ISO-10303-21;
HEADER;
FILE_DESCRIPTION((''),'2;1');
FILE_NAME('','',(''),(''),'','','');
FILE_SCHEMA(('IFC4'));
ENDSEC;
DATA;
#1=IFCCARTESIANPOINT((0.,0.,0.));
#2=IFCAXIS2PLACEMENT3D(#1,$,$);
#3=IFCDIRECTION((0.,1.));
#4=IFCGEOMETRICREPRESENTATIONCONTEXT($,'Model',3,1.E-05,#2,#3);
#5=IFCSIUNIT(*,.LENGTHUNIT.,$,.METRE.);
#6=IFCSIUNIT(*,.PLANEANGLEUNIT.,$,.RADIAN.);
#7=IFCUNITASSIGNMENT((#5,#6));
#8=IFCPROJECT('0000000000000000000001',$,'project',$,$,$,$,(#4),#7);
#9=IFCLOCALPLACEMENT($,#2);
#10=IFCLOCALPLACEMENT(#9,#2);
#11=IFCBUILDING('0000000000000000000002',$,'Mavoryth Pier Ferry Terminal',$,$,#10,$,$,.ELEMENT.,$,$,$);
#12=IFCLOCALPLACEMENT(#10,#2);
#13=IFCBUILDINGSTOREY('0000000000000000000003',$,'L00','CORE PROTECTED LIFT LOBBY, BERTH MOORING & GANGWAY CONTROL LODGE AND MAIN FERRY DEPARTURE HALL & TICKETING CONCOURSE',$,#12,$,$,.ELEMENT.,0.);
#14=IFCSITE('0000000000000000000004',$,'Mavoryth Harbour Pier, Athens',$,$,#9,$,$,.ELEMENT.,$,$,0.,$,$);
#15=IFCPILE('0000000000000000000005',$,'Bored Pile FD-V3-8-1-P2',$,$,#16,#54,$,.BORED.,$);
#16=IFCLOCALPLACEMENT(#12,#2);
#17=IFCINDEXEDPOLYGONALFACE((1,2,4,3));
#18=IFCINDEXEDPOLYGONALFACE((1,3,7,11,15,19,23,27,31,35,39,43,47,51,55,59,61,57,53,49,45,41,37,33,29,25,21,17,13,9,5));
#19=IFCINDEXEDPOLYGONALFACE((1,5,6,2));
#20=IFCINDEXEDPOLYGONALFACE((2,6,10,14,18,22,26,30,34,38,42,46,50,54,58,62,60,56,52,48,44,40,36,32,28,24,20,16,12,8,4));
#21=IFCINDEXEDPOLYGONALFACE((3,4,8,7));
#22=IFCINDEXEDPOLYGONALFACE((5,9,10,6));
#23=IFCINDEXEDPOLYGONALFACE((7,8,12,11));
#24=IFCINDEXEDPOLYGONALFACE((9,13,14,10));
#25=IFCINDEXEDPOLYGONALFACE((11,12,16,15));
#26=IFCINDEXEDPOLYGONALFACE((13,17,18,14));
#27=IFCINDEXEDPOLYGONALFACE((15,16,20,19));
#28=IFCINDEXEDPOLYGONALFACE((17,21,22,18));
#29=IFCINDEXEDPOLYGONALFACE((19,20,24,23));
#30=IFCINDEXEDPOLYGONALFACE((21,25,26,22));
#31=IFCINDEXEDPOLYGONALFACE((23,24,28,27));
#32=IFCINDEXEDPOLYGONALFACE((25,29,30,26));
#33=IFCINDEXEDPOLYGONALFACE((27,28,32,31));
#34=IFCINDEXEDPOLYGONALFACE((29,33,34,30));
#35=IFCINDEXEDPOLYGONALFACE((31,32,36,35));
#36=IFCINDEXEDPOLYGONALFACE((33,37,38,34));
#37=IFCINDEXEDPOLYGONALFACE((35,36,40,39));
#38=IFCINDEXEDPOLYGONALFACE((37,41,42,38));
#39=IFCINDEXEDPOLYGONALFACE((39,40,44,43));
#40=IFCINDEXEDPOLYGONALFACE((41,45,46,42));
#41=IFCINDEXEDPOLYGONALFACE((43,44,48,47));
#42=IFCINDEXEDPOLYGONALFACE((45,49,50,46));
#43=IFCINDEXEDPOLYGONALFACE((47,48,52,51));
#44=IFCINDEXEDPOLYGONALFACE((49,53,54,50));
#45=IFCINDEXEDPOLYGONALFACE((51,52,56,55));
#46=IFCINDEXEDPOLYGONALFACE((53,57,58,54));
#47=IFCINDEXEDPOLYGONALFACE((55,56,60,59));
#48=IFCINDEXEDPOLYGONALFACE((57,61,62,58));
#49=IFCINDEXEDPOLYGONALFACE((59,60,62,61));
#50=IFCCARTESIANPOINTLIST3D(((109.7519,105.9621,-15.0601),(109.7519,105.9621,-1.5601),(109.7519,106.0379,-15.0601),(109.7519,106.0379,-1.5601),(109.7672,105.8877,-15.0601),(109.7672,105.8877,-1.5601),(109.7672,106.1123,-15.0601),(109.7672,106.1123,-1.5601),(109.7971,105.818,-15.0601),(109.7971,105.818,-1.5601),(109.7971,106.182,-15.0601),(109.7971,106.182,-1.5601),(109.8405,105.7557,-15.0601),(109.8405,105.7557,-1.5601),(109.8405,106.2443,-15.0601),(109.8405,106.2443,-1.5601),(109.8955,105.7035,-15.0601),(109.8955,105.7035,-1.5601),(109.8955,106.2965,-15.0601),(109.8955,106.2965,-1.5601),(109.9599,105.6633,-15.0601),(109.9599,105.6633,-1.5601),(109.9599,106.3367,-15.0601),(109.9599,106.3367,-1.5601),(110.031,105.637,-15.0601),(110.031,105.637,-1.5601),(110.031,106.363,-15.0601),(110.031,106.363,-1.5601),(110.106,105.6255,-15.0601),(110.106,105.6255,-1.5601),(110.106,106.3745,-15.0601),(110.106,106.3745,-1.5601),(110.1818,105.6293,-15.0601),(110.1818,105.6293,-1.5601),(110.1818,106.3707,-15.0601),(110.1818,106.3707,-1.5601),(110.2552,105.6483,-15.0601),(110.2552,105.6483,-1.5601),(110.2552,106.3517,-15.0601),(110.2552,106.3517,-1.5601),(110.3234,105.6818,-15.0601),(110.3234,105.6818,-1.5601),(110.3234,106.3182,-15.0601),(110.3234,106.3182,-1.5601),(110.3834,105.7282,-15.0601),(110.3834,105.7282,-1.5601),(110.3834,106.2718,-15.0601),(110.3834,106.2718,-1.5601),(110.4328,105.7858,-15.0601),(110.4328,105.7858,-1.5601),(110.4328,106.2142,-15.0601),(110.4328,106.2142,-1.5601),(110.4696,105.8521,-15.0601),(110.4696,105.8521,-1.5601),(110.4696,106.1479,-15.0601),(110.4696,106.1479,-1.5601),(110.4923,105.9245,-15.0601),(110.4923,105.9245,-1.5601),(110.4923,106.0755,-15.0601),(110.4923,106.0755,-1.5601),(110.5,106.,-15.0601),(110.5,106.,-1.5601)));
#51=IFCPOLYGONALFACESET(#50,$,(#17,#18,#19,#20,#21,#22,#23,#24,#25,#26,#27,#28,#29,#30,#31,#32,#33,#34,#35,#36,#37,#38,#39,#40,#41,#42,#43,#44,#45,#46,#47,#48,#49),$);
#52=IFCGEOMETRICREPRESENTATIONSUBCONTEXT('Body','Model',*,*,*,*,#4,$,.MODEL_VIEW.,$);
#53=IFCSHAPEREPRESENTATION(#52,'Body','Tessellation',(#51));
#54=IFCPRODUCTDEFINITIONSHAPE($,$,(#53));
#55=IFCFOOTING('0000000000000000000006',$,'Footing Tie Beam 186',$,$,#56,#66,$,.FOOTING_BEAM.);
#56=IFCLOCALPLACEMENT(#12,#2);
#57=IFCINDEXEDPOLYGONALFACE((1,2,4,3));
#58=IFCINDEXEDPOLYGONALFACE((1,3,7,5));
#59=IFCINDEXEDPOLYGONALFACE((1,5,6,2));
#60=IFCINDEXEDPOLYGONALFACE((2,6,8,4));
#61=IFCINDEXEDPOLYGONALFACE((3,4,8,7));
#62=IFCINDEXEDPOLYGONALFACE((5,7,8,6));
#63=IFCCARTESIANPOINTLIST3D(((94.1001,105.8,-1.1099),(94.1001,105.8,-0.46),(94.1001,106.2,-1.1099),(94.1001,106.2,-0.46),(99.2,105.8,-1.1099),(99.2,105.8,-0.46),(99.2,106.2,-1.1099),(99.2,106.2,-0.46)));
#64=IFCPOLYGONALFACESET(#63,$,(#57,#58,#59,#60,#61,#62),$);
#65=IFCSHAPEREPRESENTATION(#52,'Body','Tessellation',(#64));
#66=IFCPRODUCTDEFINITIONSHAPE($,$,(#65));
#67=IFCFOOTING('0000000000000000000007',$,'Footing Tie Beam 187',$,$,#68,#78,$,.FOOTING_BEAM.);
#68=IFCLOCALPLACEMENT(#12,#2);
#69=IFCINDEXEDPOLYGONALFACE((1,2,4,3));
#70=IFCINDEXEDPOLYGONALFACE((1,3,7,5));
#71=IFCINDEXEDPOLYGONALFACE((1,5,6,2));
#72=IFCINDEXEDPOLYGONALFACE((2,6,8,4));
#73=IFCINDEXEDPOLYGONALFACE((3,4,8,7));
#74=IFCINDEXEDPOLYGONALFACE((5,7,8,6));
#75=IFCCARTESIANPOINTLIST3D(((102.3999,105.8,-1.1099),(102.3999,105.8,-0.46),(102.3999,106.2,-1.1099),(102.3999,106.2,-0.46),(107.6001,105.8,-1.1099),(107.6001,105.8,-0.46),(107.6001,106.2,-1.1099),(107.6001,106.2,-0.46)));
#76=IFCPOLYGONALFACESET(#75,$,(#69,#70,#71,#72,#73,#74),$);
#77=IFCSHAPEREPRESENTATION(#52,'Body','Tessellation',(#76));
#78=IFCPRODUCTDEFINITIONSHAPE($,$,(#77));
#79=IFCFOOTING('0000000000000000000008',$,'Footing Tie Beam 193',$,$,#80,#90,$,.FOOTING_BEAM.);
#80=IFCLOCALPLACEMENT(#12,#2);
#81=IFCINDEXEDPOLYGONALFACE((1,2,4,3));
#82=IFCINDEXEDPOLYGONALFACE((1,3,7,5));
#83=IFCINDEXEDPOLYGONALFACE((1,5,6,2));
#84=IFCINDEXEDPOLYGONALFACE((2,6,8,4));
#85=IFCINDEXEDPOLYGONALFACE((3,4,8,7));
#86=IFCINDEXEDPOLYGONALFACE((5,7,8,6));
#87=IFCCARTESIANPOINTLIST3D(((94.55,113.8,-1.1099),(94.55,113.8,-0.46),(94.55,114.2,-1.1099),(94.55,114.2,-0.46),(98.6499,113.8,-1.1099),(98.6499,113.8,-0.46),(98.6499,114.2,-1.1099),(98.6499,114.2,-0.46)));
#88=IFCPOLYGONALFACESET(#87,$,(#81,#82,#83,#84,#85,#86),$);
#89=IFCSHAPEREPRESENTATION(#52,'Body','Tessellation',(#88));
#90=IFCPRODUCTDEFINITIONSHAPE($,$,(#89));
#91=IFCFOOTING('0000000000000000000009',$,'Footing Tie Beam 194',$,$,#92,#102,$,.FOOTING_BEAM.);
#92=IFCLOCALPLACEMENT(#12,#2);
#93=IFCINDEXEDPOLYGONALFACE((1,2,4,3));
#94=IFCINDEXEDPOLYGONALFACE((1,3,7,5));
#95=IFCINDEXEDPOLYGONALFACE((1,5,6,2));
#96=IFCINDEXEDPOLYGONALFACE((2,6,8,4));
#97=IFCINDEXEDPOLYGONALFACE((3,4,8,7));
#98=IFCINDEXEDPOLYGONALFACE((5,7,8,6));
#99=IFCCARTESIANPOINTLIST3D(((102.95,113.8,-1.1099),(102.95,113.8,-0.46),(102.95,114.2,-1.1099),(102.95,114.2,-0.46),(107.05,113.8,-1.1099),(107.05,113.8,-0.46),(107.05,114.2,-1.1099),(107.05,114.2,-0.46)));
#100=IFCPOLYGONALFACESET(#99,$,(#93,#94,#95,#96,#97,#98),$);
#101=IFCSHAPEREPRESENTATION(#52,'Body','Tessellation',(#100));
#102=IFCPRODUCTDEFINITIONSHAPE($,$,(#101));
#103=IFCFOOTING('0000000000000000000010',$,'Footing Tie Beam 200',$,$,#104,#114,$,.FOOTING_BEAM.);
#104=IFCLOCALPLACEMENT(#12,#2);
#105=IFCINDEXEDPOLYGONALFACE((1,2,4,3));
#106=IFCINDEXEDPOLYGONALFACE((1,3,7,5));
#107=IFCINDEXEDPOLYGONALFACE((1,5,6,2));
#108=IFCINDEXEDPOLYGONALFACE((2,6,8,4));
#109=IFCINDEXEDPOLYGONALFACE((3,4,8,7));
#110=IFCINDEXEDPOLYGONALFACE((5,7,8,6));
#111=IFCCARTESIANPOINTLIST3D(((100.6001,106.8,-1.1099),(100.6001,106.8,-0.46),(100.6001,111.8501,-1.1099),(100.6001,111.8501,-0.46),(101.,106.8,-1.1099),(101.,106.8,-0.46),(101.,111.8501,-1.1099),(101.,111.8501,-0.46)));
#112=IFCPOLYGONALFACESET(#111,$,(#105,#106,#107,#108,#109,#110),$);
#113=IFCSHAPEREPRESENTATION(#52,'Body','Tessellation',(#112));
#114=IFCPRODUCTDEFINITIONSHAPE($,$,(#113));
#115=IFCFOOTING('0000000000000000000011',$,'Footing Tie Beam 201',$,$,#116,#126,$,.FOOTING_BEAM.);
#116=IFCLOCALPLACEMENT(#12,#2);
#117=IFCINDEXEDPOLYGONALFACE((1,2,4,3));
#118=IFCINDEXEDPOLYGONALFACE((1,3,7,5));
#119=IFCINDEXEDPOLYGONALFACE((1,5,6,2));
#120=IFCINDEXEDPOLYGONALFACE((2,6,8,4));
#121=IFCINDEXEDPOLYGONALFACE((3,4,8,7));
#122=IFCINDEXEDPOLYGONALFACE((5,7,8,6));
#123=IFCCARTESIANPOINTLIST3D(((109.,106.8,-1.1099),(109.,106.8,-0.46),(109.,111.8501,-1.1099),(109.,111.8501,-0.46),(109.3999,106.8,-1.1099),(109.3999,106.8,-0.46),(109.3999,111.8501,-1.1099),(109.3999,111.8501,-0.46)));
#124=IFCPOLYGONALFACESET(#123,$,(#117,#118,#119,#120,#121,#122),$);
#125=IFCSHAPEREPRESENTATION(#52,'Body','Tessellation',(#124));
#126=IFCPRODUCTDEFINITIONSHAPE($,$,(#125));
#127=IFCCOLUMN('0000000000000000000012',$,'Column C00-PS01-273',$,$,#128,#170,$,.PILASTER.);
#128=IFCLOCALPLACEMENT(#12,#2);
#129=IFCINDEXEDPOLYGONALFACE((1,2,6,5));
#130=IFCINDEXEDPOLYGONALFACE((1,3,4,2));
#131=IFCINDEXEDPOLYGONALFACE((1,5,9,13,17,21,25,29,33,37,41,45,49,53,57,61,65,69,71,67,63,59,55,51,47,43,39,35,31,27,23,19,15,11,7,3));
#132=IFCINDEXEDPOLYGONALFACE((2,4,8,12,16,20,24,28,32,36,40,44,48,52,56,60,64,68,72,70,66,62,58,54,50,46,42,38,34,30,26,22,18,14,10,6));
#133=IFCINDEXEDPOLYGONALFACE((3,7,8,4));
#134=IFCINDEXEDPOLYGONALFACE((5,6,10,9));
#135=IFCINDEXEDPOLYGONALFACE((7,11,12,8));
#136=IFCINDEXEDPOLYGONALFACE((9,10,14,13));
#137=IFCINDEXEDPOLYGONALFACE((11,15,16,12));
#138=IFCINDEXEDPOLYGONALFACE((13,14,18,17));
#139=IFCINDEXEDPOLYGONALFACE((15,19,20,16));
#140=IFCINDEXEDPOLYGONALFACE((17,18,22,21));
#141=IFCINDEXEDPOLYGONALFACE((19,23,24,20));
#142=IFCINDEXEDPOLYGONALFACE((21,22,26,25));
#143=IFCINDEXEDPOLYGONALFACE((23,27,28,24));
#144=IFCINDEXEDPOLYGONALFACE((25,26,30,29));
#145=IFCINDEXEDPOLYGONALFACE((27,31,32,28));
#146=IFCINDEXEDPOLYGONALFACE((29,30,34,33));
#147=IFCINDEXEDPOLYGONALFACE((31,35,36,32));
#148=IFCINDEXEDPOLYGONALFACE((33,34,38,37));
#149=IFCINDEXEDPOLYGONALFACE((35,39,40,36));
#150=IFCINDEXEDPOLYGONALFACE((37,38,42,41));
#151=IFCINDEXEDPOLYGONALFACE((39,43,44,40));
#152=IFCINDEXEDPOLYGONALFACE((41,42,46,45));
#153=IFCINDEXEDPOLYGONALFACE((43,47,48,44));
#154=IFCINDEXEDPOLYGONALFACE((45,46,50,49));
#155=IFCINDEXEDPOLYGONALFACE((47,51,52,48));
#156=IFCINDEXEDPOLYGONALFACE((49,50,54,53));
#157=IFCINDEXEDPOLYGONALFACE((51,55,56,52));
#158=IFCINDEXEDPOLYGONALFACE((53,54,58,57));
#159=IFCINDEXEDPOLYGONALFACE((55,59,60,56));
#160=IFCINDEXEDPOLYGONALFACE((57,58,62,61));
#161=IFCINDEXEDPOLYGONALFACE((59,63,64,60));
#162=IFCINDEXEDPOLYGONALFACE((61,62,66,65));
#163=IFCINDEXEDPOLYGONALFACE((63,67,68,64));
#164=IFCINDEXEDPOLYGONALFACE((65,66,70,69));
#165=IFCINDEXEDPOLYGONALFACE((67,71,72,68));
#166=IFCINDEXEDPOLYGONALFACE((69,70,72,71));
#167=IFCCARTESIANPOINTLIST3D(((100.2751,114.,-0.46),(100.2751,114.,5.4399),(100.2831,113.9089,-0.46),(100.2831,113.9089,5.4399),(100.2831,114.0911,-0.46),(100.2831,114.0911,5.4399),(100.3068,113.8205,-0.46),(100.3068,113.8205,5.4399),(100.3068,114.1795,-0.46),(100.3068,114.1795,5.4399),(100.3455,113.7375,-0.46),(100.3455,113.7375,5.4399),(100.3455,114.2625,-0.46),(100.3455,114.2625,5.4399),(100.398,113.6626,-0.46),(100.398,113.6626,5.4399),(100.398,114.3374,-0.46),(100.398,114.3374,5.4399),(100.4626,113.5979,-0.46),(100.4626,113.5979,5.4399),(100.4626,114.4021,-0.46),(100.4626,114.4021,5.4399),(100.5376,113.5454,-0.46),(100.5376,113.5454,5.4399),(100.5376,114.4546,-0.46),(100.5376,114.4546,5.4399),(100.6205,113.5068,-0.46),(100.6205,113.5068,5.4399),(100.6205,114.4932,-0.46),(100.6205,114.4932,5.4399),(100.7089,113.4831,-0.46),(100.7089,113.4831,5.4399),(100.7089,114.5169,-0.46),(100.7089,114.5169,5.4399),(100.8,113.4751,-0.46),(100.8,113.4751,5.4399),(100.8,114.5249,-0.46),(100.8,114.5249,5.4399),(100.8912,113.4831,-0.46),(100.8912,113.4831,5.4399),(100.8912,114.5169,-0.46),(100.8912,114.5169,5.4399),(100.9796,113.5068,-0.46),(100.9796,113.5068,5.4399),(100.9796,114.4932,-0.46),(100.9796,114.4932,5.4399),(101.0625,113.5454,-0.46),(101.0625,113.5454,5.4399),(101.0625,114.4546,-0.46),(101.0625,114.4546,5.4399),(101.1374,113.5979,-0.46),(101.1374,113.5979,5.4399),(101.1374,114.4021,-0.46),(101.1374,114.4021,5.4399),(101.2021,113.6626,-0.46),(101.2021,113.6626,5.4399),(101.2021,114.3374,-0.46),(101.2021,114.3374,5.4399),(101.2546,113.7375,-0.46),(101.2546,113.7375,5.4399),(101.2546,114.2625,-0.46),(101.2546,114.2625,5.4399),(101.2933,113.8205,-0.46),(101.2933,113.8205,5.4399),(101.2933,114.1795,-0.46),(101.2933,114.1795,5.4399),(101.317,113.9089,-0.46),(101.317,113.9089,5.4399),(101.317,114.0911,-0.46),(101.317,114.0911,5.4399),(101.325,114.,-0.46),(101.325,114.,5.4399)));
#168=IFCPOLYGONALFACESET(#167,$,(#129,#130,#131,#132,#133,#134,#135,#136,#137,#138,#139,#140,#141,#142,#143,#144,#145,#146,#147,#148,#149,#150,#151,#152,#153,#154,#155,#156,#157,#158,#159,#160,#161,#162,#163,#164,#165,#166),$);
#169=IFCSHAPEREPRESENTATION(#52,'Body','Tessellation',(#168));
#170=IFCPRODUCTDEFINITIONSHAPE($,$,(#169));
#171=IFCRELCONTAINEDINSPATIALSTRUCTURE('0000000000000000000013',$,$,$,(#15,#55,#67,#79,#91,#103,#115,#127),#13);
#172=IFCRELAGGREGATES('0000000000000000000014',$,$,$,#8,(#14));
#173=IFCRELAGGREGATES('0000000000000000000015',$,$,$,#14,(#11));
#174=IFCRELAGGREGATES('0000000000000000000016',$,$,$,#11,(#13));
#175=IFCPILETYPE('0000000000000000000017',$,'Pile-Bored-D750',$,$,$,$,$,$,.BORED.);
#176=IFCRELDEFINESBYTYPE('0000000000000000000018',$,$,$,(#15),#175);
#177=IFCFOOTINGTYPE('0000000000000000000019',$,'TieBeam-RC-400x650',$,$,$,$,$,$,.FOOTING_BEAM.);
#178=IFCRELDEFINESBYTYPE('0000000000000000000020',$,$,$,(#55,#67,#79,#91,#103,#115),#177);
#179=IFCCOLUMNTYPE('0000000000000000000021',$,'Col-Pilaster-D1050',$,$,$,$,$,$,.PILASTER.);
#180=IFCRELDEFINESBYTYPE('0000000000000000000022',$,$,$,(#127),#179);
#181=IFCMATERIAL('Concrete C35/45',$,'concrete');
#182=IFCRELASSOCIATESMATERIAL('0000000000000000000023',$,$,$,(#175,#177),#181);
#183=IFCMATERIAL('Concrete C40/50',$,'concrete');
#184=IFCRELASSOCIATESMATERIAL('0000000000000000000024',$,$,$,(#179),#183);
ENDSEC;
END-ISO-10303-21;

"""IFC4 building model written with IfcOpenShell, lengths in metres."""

from ifc_helpers import new_model, si_unit, direction, frame, origin, origin_2d, place, context, subcontext, project, spatial, rectangle, circle, extrude, material, material_profile, profile_set, type_object, element, save


model = new_model("IFC4")

# Units and contexts
model_context = context("Model", 3, precision=1e-05, world=origin(), true_north=direction((0.0, 1.0)))
body_context = subcontext(model_context, "Body", "Model", "MODEL_VIEW")
ifc_project = project(units=[si_unit("LENGTHUNIT", "METRE"), si_unit("PLANEANGLEUNIT", "RADIAN")], contexts=[model_context])

# Site, building, storey
site_placement = place(None, origin())
site = spatial("IfcSite", under=ifc_project, at=site_placement, Name="Mavoryth Harbour Pier, Athens", CompositionType="ELEMENT", RefElevation=0.0)
building_placement = place(site_placement, origin())
building = spatial("IfcBuilding", under=site, at=building_placement, Name="Mavoryth Pier Ferry Terminal", CompositionType="ELEMENT")
storey_placement = place(building_placement, origin())
storey = spatial("IfcBuildingStorey", under=building, at=storey_placement, Name="L00", Description="CORE PROTECTED LIFT LOBBY, BERTH MOORING & GANGWAY CONTROL LODGE AND MAIN FERRY DEPARTURE HALL & TICKETING CONCOURSE", CompositionType="ELEMENT", Elevation=0.0)

# Shared definitions
ifc_material_1 = material(Name="Concrete C35/45", Category="concrete")

# Pile
ifc_material_profile_1 = material_profile(ifc_material_1, circle(Radius=0.375, at=origin_2d()), Name="PILE D750", Category="concrete")
ifc_profile_set_1 = profile_set([ifc_material_profile_1], Name="Concrete C35/45 - PILE D750")
pile_type_1 = type_object("IfcPileType", Name="Pile-Bored-D750", PredefinedType="BORED", material=ifc_profile_set_1)
for number, where, z_axis, x_axis, name in (
    (1, (110.125, 106.0, -1.5601), (0.0, 0.0, -1.0), (1.0, 0.0, 0.0), "Bored Pile FD-V3-8-1-P2"),
):
    element("IfcPile", number, at=place(storey_placement, frame(where, z_axis=z_axis, x_axis=x_axis)), inside=storey, type_object=pile_type_1, Name=name, PredefinedType="BORED", context=body_context, shape_type="SweptSolid", body=[
        extrude(circle(Radius=0.375, at=origin_2d()), origin(), (0.0, 0.0, 1.0), 13.5),
    ])

# Footings
ifc_material_profile_2 = material_profile(ifc_material_1, rectangle(XDim=0.3999, YDim=0.6499, at=origin_2d()), Name="RC 400x650", Category="concrete")
ifc_profile_set_2 = profile_set([ifc_material_profile_2], Name="Concrete C35/45 - RC 400x650")
footing_type_1 = type_object("IfcFootingType", Name="TieBeam-RC-400x650", PredefinedType="FOOTING_BEAM", material=ifc_profile_set_2)
footing_1_placement = place(storey_placement, frame((94.1001, 106.0, -0.7849), z_axis=(1.0, 0.0, 0.0), x_axis=(0.0, 1.0, 0.0)))
element("IfcFooting", 2, at=footing_1_placement, inside=storey, type_object=footing_type_1, Name="Footing Tie Beam 186", PredefinedType="FOOTING_BEAM", context=body_context, shape_type="SweptSolid", body=[
    extrude(rectangle(XDim=0.3999, YDim=0.6499, at=origin_2d()), origin(), (0.0, 0.0, 1.0), 5.0999),
])
footing_2_placement = place(storey_placement, frame((102.3999, 106.0, -0.7849), z_axis=(1.0, 0.0, 0.0), x_axis=(0.0, 1.0, 0.0)))
element("IfcFooting", 3, at=footing_2_placement, inside=storey, type_object=footing_type_1, Name="Footing Tie Beam 187", PredefinedType="FOOTING_BEAM", context=body_context, shape_type="SweptSolid", body=[
    extrude(rectangle(XDim=0.3999, YDim=0.6499, at=origin_2d()), origin(), (0.0, 0.0, 1.0), 5.2002),
])
footing_3_placement = place(storey_placement, frame((94.55, 114.0, -0.7849), z_axis=(1.0, 0.0, 0.0), x_axis=(0.0, 1.0, 0.0)))
element("IfcFooting", 4, at=footing_3_placement, inside=storey, type_object=footing_type_1, Name="Footing Tie Beam 193", PredefinedType="FOOTING_BEAM", context=body_context, shape_type="SweptSolid", body=[
    extrude(rectangle(XDim=0.3999, YDim=0.6499, at=origin_2d()), origin(), (0.0, 0.0, 1.0), 4.0999),
])
footing_4_placement = place(storey_placement, frame((102.95, 114.0, -0.7849), z_axis=(1.0, 0.0, 0.0), x_axis=(0.0, 1.0, 0.0)))
element("IfcFooting", 5, at=footing_4_placement, inside=storey, type_object=footing_type_1, Name="Footing Tie Beam 194", PredefinedType="FOOTING_BEAM", context=body_context, shape_type="SweptSolid", body=[
    extrude(rectangle(XDim=0.3999, YDim=0.6499, at=origin_2d()), origin(), (0.0, 0.0, 1.0), 4.1001),
])
for number, where, z_axis, x_axis, name in (
    (6, (100.8, 106.8, -0.7849), (0.0, 1.0, 0.0), (-1.0, 0.0, 0.0), "Footing Tie Beam 200"),
    (7, (109.2, 106.8, -0.7849), (0.0, 1.0, 0.0), (-1.0, 0.0, 0.0), "Footing Tie Beam 201"),
):
    element("IfcFooting", number, at=place(storey_placement, frame(where, z_axis=z_axis, x_axis=x_axis)), inside=storey, type_object=footing_type_1, Name=name, PredefinedType="FOOTING_BEAM", context=body_context, shape_type="SweptSolid", body=[
        extrude(rectangle(XDim=0.3999, YDim=0.6499, at=origin_2d()), origin(), (0.0, 0.0, 1.0), 5.05),
    ])

# Column
ifc_material_2 = material(Name="Concrete C40/50", Category="concrete")
ifc_material_profile_3 = material_profile(ifc_material_2, circle(Radius=0.5249, at=origin_2d()), Name="RC D1050", Category="concrete")
ifc_profile_set_3 = profile_set([ifc_material_profile_3], Name="Concrete C40/50 - RC D1050")
column_type_1 = type_object("IfcColumnType", Name="Col-Pilaster-D1050", PredefinedType="PILASTER", material=ifc_profile_set_3)
for number, where, z_axis, x_axis, name in (
    (8, (100.8, 114.0, -0.46), (0.0, 0.0, 1.0), (1.0, 0.0, 0.0), "Column C00-PS01-273"),
):
    element("IfcColumn", number, at=place(storey_placement, frame(where, z_axis=z_axis, x_axis=x_axis)), inside=storey, type_object=column_type_1, Name=name, PredefinedType="PILASTER", context=body_context, shape_type="SweptSolid", body=[
        extrude(circle(Radius=0.5249, at=origin_2d()), origin(), (0.0, 0.0, 1.0), 5.8999),
    ])

save(model, "model.ifc")
